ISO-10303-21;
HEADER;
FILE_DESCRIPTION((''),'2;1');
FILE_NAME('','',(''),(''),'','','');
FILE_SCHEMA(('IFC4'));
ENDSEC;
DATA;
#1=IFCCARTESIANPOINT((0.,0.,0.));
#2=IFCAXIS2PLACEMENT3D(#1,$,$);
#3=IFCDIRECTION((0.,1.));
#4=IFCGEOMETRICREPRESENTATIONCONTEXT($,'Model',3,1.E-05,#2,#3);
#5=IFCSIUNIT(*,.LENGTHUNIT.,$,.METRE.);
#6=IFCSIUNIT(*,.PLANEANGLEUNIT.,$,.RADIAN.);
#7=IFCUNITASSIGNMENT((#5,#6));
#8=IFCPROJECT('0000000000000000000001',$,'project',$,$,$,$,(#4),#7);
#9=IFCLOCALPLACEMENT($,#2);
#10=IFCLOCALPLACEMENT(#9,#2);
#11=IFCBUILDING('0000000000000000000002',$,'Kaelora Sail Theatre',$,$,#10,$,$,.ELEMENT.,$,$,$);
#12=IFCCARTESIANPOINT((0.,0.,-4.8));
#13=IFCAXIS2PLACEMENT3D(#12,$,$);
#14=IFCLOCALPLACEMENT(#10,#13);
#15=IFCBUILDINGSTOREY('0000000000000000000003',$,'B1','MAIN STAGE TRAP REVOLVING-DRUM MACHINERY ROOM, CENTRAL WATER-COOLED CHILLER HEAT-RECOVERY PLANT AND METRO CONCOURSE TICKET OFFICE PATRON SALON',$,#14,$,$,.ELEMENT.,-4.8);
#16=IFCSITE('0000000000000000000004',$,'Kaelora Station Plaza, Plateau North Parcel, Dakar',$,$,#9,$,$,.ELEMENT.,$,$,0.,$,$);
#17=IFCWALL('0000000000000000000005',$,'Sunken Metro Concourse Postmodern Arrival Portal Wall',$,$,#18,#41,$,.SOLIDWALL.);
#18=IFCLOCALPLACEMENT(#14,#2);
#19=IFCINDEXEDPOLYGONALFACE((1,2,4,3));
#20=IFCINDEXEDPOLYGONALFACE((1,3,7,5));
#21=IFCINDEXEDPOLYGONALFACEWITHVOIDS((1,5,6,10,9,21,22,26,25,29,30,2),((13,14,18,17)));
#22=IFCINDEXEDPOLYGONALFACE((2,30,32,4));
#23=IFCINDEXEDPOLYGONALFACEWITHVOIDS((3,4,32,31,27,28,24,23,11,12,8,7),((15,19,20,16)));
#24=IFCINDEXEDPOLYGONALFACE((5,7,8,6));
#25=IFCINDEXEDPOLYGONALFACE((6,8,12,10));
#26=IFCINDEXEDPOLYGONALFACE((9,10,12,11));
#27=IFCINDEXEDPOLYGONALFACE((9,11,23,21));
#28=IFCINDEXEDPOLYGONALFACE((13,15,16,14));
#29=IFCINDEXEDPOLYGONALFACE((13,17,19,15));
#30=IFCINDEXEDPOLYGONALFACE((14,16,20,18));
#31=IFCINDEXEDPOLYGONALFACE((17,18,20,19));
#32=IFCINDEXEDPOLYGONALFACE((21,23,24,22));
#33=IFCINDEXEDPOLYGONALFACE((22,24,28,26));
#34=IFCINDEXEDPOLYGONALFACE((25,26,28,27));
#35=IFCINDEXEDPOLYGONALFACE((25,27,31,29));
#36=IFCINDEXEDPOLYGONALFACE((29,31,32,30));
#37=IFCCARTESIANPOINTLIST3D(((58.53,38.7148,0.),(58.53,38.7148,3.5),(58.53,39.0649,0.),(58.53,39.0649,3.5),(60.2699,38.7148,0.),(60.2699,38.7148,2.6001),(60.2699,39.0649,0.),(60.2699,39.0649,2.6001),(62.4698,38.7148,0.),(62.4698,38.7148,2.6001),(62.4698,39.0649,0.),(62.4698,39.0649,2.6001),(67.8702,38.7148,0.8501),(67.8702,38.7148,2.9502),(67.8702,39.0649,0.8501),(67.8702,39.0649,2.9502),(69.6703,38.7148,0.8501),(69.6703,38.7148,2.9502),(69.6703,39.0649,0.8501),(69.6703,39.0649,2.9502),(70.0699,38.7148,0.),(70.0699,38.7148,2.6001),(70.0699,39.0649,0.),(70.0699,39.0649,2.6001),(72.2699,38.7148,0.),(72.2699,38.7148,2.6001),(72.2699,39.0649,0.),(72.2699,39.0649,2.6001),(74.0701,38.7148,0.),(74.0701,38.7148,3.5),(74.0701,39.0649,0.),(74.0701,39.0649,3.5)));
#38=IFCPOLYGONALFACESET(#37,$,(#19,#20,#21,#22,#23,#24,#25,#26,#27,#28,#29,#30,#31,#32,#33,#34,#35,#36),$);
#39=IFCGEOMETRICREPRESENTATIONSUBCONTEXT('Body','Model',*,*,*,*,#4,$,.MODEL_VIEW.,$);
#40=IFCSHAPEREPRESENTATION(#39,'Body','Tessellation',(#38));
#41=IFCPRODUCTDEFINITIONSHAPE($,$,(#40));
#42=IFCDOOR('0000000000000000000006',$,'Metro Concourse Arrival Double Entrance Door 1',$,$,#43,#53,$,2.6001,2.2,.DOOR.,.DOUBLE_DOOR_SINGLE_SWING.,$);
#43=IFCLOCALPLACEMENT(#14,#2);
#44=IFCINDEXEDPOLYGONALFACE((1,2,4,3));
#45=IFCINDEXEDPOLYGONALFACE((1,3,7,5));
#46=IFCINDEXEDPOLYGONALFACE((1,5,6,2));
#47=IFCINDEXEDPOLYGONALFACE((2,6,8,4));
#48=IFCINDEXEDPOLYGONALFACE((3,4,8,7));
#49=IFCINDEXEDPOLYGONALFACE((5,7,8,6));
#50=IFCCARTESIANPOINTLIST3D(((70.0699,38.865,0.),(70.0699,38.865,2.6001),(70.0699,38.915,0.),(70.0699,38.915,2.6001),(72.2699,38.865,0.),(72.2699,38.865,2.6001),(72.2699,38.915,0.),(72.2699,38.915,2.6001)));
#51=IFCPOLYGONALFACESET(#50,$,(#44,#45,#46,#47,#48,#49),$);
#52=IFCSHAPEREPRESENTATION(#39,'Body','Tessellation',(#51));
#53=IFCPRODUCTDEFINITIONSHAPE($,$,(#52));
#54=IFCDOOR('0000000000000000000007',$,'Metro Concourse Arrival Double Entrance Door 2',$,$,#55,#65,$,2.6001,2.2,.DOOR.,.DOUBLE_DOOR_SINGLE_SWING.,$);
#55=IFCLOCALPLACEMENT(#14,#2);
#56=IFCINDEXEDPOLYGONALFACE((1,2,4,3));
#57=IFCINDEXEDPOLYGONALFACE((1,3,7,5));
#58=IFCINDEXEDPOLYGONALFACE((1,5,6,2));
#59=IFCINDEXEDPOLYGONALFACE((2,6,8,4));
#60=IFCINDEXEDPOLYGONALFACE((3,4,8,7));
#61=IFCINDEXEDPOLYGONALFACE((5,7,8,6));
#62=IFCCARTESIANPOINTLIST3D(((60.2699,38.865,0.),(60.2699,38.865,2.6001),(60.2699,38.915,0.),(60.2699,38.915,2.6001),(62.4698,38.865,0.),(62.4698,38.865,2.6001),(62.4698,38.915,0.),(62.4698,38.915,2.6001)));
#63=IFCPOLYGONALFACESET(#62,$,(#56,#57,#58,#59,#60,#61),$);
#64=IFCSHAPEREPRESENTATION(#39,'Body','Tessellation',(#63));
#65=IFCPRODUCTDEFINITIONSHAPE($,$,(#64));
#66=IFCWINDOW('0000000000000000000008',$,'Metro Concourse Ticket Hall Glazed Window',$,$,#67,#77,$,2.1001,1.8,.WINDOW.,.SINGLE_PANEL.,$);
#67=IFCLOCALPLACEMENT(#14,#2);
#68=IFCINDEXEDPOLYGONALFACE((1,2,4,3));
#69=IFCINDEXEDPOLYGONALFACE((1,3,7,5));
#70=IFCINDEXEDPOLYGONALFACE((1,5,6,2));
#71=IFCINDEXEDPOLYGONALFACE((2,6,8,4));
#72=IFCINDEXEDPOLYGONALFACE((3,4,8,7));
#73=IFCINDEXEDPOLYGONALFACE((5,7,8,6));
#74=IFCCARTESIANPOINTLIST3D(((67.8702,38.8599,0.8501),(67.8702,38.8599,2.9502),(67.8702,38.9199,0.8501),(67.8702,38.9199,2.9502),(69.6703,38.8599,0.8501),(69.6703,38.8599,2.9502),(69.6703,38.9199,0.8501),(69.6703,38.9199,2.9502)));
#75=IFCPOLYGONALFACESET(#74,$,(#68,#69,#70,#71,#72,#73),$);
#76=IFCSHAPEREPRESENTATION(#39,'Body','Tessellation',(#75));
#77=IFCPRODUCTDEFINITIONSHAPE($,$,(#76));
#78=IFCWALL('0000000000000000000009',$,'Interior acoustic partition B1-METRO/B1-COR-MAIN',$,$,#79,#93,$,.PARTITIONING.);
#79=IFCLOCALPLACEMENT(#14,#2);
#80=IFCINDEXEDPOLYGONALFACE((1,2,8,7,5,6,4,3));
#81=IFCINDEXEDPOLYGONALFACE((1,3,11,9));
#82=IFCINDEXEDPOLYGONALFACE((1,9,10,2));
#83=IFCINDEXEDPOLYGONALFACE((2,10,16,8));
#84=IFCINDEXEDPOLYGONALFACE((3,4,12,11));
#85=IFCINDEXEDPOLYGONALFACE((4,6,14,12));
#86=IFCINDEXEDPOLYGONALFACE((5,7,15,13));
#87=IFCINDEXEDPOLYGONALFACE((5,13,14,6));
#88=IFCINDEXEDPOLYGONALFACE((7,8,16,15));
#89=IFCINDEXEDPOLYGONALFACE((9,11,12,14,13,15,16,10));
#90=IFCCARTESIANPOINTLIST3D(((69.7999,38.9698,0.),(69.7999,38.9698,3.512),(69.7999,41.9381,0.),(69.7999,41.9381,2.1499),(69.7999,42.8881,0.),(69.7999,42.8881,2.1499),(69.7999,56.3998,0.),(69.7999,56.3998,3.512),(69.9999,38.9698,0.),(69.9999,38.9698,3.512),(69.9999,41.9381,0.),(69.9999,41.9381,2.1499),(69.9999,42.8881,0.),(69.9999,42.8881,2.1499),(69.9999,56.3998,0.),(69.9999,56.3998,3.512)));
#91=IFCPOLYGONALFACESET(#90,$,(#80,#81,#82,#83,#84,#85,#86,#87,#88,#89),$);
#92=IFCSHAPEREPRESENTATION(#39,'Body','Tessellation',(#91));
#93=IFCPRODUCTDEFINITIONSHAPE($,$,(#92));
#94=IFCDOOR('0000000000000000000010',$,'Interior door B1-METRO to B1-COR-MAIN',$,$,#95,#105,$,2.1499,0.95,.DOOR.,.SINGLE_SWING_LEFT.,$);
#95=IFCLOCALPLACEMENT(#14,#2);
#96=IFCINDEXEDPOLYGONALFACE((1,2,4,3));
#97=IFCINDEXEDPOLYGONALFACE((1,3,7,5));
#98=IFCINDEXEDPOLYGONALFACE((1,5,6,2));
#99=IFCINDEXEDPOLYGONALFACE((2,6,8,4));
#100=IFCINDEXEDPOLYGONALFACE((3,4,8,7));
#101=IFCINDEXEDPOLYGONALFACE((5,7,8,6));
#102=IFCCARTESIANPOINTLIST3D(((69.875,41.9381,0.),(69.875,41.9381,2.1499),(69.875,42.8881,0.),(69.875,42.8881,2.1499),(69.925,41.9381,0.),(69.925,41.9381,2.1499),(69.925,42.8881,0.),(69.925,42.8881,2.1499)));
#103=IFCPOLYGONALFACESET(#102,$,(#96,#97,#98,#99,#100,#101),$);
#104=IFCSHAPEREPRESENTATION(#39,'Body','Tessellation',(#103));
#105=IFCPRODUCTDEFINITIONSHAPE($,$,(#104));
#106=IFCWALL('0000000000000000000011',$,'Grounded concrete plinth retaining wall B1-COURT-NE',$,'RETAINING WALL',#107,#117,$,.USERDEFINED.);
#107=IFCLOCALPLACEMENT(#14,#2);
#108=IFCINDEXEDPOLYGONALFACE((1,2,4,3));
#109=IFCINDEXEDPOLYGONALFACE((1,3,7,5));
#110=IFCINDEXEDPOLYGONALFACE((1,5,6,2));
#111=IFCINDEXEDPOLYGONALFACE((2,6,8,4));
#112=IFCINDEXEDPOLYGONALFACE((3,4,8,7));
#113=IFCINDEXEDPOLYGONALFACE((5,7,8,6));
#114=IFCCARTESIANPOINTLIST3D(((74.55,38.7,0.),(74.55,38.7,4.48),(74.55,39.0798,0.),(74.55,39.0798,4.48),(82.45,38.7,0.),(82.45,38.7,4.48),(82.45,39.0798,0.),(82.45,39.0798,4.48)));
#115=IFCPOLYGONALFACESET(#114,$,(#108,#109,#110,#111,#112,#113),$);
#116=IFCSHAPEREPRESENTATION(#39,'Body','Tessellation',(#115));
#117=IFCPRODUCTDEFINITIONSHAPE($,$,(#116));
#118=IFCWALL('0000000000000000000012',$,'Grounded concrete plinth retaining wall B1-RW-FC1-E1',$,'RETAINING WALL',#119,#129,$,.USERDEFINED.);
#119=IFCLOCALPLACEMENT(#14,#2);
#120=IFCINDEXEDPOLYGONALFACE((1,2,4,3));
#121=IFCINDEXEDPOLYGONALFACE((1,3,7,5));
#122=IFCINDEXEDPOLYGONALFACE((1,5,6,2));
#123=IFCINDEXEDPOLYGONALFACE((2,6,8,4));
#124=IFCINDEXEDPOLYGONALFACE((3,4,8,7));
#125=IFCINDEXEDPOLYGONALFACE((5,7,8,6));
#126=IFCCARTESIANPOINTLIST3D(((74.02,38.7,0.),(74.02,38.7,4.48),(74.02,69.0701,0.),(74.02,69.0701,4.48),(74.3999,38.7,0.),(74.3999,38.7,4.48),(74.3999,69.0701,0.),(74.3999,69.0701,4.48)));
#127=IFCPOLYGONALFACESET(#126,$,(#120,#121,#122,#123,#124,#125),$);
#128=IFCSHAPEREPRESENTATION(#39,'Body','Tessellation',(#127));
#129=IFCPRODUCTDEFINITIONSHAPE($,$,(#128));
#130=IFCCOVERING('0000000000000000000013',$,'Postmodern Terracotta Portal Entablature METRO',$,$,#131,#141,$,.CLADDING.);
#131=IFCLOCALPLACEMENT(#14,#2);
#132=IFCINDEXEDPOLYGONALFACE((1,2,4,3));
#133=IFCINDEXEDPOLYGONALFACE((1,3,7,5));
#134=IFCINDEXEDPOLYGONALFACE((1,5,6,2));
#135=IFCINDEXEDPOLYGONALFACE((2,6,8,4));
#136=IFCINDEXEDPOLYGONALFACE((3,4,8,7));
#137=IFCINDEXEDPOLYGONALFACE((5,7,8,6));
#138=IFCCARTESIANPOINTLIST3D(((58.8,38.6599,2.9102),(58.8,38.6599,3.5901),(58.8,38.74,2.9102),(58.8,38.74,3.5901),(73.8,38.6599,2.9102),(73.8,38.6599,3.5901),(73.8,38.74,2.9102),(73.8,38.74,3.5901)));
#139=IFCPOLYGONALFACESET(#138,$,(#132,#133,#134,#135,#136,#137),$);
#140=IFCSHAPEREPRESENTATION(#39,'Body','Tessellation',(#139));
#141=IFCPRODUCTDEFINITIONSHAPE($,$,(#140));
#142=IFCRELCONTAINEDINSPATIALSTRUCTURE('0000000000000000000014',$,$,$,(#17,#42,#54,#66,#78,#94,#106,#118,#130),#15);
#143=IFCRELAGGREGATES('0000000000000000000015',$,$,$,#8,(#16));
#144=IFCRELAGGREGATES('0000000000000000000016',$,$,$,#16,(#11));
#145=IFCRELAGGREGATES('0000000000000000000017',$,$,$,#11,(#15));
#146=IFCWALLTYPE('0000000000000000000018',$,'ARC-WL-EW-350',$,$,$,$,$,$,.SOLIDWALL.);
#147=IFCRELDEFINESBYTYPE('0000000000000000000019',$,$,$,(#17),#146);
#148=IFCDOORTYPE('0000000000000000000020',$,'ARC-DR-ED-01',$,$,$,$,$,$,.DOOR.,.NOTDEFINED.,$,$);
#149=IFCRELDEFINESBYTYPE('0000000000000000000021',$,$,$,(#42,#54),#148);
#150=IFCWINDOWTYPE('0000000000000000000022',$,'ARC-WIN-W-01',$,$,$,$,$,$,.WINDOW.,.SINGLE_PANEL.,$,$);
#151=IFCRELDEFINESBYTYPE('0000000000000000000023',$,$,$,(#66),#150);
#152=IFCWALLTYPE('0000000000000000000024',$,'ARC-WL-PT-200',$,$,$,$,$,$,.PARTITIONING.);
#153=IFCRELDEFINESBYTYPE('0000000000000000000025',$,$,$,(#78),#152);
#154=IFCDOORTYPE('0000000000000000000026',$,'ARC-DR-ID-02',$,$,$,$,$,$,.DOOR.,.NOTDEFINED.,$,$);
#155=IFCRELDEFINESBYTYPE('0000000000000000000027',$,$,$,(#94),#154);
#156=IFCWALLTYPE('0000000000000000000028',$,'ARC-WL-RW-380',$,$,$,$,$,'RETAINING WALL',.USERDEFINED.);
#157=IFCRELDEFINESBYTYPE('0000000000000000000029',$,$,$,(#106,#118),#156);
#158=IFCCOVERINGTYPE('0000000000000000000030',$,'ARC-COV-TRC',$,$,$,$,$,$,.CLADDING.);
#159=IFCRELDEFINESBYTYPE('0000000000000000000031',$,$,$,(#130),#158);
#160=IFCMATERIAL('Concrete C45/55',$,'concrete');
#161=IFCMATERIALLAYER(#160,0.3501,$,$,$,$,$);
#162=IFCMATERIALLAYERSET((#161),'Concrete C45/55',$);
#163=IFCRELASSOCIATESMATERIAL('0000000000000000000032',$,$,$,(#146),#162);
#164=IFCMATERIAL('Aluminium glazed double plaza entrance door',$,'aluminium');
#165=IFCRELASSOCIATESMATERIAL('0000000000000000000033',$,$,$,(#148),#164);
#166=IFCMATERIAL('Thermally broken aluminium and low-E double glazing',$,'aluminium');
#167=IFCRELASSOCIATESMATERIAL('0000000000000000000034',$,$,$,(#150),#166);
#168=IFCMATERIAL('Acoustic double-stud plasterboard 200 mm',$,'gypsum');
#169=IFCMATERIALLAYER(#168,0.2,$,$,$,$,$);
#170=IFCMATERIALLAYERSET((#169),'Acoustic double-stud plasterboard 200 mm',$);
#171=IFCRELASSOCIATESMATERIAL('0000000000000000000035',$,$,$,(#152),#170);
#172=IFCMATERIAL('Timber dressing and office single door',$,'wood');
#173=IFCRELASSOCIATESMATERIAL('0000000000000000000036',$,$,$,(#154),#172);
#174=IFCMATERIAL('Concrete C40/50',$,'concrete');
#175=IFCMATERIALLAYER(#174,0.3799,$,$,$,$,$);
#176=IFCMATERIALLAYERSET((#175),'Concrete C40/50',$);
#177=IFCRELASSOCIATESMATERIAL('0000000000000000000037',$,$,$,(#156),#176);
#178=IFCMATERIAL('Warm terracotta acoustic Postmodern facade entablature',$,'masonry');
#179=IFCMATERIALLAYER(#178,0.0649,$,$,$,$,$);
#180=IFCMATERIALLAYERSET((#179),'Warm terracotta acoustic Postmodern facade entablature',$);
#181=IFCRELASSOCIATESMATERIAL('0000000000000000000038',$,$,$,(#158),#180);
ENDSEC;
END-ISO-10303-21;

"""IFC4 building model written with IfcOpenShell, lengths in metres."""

from ifc_helpers import new_model, si_unit, direction, frame, frame_2d, origin, origin_2d, place, context, subcontext, project, spatial, rectangle, extrude, material, layer, layer_set, type_object, element, fill, save


model = new_model("IFC4")

# Units and contexts
model_context = context("Model", 3, precision=1e-05, world=origin(), true_north=direction((0.0, 1.0)))
body_context = subcontext(model_context, "Body", "Model", "MODEL_VIEW")
ifc_project = project(units=[si_unit("LENGTHUNIT", "METRE"), si_unit("PLANEANGLEUNIT", "RADIAN")], contexts=[model_context])

# Site, building, storey
site_placement = place(None, origin())
site = spatial("IfcSite", under=ifc_project, at=site_placement, Name="Kaelora Station Plaza, Plateau North Parcel, Dakar", CompositionType="ELEMENT", RefElevation=0.0)
building_placement = place(site_placement, origin())
building = spatial("IfcBuilding", under=site, at=building_placement, Name="Kaelora Sail Theatre", CompositionType="ELEMENT")
storey_placement = place(building_placement, frame((0.0, 0.0, -4.8)))
storey = spatial("IfcBuildingStorey", under=building, at=storey_placement, Name="B1", Description="MAIN STAGE TRAP REVOLVING-DRUM MACHINERY ROOM, CENTRAL WATER-COOLED CHILLER HEAT-RECOVERY PLANT AND METRO CONCOURSE TICKET OFFICE PATRON SALON", CompositionType="ELEMENT", Elevation=-4.8)

# Wall, openings, doors, window
ifc_material_1 = material(Name="Concrete C45/55", Category="concrete")
ifc_layer_1 = layer(ifc_material_1, 0.3501)
ifc_layer_set_1 = layer_set([ifc_layer_1], Name="Concrete C45/55")
wall_type_1 = type_object("IfcWallType", Name="ARC-WL-EW-350", PredefinedType="SOLIDWALL", material=ifc_layer_set_1)
wall_1_placement = place(storey_placement, frame((74.0701, 38.8899, 0.0), z_axis=(0.0, 0.0, 1.0), x_axis=(-1.0, 0.0, 0.0)))
wall_1 = element("IfcWall", 1, at=wall_1_placement, inside=storey, type_object=wall_type_1, Name="Sunken Metro Concourse Postmodern Arrival Portal Wall", PredefinedType="SOLIDWALL", context=body_context, shape_type="SweptSolid", body=[
    extrude(rectangle(XDim=15.54, YDim=0.3501, at=frame_2d((7.77, 0.0))), origin(), (0.0, 0.0, 1.0), 3.5),
])
opening_1_placement = place(wall_1_placement, frame((1.8, 0.0, 0.0)))
opening_1 = element("IfcOpeningElement", 2, at=opening_1_placement, cuts=wall_1, PredefinedType="OPENING", context=body_context, shape_type="SweptSolid", body=[
    extrude(rectangle(XDim=2.2, YDim=2.6001, at=frame_2d((1.1001, 1.3))), frame((0.0, 0.185, 0.0), z_axis=(0.0, -1.0, 0.0), x_axis=(1.0, 0.0, 0.0)), (0.0, 0.0, 1.0), 0.3701),
])
opening_2_placement = place(wall_1_placement, frame((4.3999, 0.0, 0.8501)))
opening_2 = element("IfcOpeningElement", 3, at=opening_2_placement, cuts=wall_1, PredefinedType="OPENING", context=body_context, shape_type="SweptSolid", body=[
    extrude(rectangle(XDim=1.8, YDim=2.1001, at=frame_2d((0.8999, 1.05))), frame((0.0, 0.185, 0.0), z_axis=(0.0, -1.0, 0.0), x_axis=(1.0, 0.0, 0.0)), (0.0, 0.0, 1.0), 0.3701),
])
opening_3_placement = place(wall_1_placement, frame((11.6001, 0.0, 0.0)))
opening_3 = element("IfcOpeningElement", 4, at=opening_3_placement, cuts=wall_1, PredefinedType="OPENING", context=body_context, shape_type="SweptSolid", body=[
    extrude(rectangle(XDim=2.2, YDim=2.6001, at=frame_2d((1.1001, 1.3))), frame((0.0, 0.185, 0.0), z_axis=(0.0, -1.0, 0.0), x_axis=(1.0, 0.0, 0.0)), (0.0, 0.0, 1.0), 0.3701),
])
ifc_material_2 = material(Name="Aluminium glazed double plaza entrance door", Category="aluminium")
door_type_1 = type_object("IfcDoorType", Name="ARC-DR-ED-01", OperationType="NOTDEFINED", PredefinedType="DOOR", material=ifc_material_2)
door_1_placement = place(opening_1_placement, origin())
door_1 = element("IfcDoor", 5, at=door_1_placement, inside=storey, type_object=door_type_1, Name="Metro Concourse Arrival Double Entrance Door 1", OperationType="DOUBLE_DOOR_SINGLE_SWING", OverallHeight=2.6001, OverallWidth=2.2, PredefinedType="DOOR", context=body_context, shape_type="SweptSolid", body=[
    extrude(rectangle(XDim=2.2, YDim=2.6001, at=frame_2d((1.1001, 1.3))), frame((0.0, 0.0249, 0.0), z_axis=(0.0, -1.0, 0.0), x_axis=(1.0, 0.0, 0.0)), (0.0, 0.0, 1.0), 0.05),
])
fill(opening_1, door_1)
door_2_placement = place(opening_3_placement, origin())
door_2 = element("IfcDoor", 6, at=door_2_placement, inside=storey, type_object=door_type_1, Name="Metro Concourse Arrival Double Entrance Door 2", OperationType="DOUBLE_DOOR_SINGLE_SWING", OverallHeight=2.6001, OverallWidth=2.2, PredefinedType="DOOR", context=body_context, shape_type="SweptSolid", body=[
    extrude(rectangle(XDim=2.2, YDim=2.6001, at=frame_2d((1.1001, 1.3))), frame((0.0, 0.0249, 0.0), z_axis=(0.0, -1.0, 0.0), x_axis=(1.0, 0.0, 0.0)), (0.0, 0.0, 1.0), 0.05),
])
fill(opening_3, door_2)
ifc_material_3 = material(Name="Thermally broken aluminium and low-E double glazing", Category="aluminium")
window_type = type_object("IfcWindowType", Name="ARC-WIN-W-01", PartitioningType="SINGLE_PANEL", PredefinedType="WINDOW", material=ifc_material_3)
window_placement = place(opening_2_placement, origin())
window = element("IfcWindow", 7, at=window_placement, inside=storey, type_object=window_type, Name="Metro Concourse Ticket Hall Glazed Window", OverallHeight=2.1001, OverallWidth=1.8, PartitioningType="SINGLE_PANEL", PredefinedType="WINDOW", context=body_context, shape_type="SweptSolid", body=[
    extrude(rectangle(XDim=1.8, YDim=2.1001, at=frame_2d((0.8999, 1.05))), frame((0.0, 0.03, 0.0), z_axis=(0.0, -1.0, 0.0), x_axis=(1.0, 0.0, 0.0)), (0.0, 0.0, 1.0), 0.0601),
])
fill(opening_2, window)

# Wall, opening, door
ifc_material_4 = material(Name="Acoustic double-stud plasterboard 200 mm", Category="gypsum")
ifc_layer_2 = layer(ifc_material_4, 0.2)
ifc_layer_set_2 = layer_set([ifc_layer_2], Name="Acoustic double-stud plasterboard 200 mm")
wall_type_2 = type_object("IfcWallType", Name="ARC-WL-PT-200", PredefinedType="PARTITIONING", material=ifc_layer_set_2)
wall_2_placement = place(storey_placement, frame((69.8999, 38.97, 0.0), z_axis=(0.0, 0.0, 1.0), x_axis=(0.0, 1.0, 0.0)))
wall_2 = element("IfcWall", 8, at=wall_2_placement, inside=storey, type_object=wall_type_2, Name="Interior acoustic partition B1-METRO/B1-COR-MAIN", PredefinedType="PARTITIONING", context=body_context, shape_type="SweptSolid", body=[
    extrude(rectangle(XDim=17.4299, YDim=0.2, at=frame_2d((8.7148, 0.0))), origin(), (0.0, 0.0, 1.0), 3.512),
])
opening_4_placement = place(wall_2_placement, frame((2.968, 0.0, 0.0)))
opening_4 = element("IfcOpeningElement", 9, at=opening_4_placement, cuts=wall_2, PredefinedType="OPENING", context=body_context, shape_type="SweptSolid", body=[
    extrude(rectangle(XDim=0.95, YDim=2.1499, at=frame_2d((0.4751, 1.075))), frame((0.0, 0.1101, 0.0), z_axis=(0.0, -1.0, 0.0), x_axis=(1.0, 0.0, 0.0)), (0.0, 0.0, 1.0), 0.22),
])
ifc_material_5 = material(Name="Timber dressing and office single door", Category="wood")
door_type_2 = type_object("IfcDoorType", Name="ARC-DR-ID-02", OperationType="NOTDEFINED", PredefinedType="DOOR", material=ifc_material_5)
door_3_placement = place(opening_4_placement, origin())
door_3 = element("IfcDoor", 10, at=door_3_placement, inside=storey, type_object=door_type_2, Name="Interior door B1-METRO to B1-COR-MAIN", OperationType="SINGLE_SWING_LEFT", OverallHeight=2.1499, OverallWidth=0.95, PredefinedType="DOOR", context=body_context, shape_type="SweptSolid", body=[
    extrude(rectangle(XDim=0.95, YDim=2.1499, at=frame_2d((0.4751, 1.075))), frame((0.0, 0.0249, 0.0), z_axis=(0.0, -1.0, 0.0), x_axis=(1.0, 0.0, 0.0)), (0.0, 0.0, 1.0), 0.05),
])
fill(opening_4, door_3)

# Walls
ifc_material_6 = material(Name="Concrete C40/50", Category="concrete")
ifc_layer_3 = layer(ifc_material_6, 0.3799)
ifc_layer_set_3 = layer_set([ifc_layer_3], Name="Concrete C40/50")
wall_type_3 = type_object("IfcWallType", Name="ARC-WL-RW-380", ElementType="RETAINING WALL", PredefinedType="USERDEFINED", material=ifc_layer_set_3)
wall_3_placement = place(storey_placement, frame((74.55, 38.8899, 0.0), z_axis=(0.0, 0.0, 1.0), x_axis=(1.0, 0.0, 0.0)))
element("IfcWall", 11, at=wall_3_placement, inside=storey, type_object=wall_type_3, Name="Grounded concrete plinth retaining wall B1-COURT-NE", ObjectType="RETAINING WALL", PredefinedType="USERDEFINED", context=body_context, shape_type="SweptSolid", body=[
    extrude(rectangle(XDim=7.8999, YDim=0.3799, at=frame_2d((3.95, 0.0))), origin(), (0.0, 0.0, 1.0), 4.48),
])
wall_4_placement = place(storey_placement, frame((74.21, 38.7, 0.0), z_axis=(0.0, 0.0, 1.0), x_axis=(0.0, 1.0, 0.0)))
element("IfcWall", 12, at=wall_4_placement, inside=storey, type_object=wall_type_3, Name="Grounded concrete plinth retaining wall B1-RW-FC1-E1", ObjectType="RETAINING WALL", PredefinedType="USERDEFINED", context=body_context, shape_type="SweptSolid", body=[
    extrude(rectangle(XDim=30.3701, YDim=0.3799, at=frame_2d((15.1851, 0.0))), origin(), (0.0, 0.0, 1.0), 4.48),
])

# Covering
ifc_material_7 = material(Name="Warm terracotta acoustic Postmodern facade entablature", Category="masonry")
ifc_layer_4 = layer(ifc_material_7, 0.0649)
ifc_layer_set_4 = layer_set([ifc_layer_4], Name="Warm terracotta acoustic Postmodern facade entablature")
covering_type = type_object("IfcCoveringType", Name="ARC-COV-TRC", PredefinedType="CLADDING", material=ifc_layer_set_4)
covering_placement = place(storey_placement, frame((66.3, 38.7, 2.9102), z_axis=(0.0, 0.0, 1.0), x_axis=(1.0, 0.0, 0.0)))
element("IfcCovering", 13, at=covering_placement, inside=storey, type_object=covering_type, Name="Postmodern Terracotta Portal Entablature METRO", PredefinedType="CLADDING", context=body_context, shape_type="SweptSolid", body=[
    extrude(rectangle(XDim=15.0, YDim=0.0801, at=origin_2d()), origin(), (0.0, 0.0, 1.0), 0.6799),
])

save(model, "model.ifc")
